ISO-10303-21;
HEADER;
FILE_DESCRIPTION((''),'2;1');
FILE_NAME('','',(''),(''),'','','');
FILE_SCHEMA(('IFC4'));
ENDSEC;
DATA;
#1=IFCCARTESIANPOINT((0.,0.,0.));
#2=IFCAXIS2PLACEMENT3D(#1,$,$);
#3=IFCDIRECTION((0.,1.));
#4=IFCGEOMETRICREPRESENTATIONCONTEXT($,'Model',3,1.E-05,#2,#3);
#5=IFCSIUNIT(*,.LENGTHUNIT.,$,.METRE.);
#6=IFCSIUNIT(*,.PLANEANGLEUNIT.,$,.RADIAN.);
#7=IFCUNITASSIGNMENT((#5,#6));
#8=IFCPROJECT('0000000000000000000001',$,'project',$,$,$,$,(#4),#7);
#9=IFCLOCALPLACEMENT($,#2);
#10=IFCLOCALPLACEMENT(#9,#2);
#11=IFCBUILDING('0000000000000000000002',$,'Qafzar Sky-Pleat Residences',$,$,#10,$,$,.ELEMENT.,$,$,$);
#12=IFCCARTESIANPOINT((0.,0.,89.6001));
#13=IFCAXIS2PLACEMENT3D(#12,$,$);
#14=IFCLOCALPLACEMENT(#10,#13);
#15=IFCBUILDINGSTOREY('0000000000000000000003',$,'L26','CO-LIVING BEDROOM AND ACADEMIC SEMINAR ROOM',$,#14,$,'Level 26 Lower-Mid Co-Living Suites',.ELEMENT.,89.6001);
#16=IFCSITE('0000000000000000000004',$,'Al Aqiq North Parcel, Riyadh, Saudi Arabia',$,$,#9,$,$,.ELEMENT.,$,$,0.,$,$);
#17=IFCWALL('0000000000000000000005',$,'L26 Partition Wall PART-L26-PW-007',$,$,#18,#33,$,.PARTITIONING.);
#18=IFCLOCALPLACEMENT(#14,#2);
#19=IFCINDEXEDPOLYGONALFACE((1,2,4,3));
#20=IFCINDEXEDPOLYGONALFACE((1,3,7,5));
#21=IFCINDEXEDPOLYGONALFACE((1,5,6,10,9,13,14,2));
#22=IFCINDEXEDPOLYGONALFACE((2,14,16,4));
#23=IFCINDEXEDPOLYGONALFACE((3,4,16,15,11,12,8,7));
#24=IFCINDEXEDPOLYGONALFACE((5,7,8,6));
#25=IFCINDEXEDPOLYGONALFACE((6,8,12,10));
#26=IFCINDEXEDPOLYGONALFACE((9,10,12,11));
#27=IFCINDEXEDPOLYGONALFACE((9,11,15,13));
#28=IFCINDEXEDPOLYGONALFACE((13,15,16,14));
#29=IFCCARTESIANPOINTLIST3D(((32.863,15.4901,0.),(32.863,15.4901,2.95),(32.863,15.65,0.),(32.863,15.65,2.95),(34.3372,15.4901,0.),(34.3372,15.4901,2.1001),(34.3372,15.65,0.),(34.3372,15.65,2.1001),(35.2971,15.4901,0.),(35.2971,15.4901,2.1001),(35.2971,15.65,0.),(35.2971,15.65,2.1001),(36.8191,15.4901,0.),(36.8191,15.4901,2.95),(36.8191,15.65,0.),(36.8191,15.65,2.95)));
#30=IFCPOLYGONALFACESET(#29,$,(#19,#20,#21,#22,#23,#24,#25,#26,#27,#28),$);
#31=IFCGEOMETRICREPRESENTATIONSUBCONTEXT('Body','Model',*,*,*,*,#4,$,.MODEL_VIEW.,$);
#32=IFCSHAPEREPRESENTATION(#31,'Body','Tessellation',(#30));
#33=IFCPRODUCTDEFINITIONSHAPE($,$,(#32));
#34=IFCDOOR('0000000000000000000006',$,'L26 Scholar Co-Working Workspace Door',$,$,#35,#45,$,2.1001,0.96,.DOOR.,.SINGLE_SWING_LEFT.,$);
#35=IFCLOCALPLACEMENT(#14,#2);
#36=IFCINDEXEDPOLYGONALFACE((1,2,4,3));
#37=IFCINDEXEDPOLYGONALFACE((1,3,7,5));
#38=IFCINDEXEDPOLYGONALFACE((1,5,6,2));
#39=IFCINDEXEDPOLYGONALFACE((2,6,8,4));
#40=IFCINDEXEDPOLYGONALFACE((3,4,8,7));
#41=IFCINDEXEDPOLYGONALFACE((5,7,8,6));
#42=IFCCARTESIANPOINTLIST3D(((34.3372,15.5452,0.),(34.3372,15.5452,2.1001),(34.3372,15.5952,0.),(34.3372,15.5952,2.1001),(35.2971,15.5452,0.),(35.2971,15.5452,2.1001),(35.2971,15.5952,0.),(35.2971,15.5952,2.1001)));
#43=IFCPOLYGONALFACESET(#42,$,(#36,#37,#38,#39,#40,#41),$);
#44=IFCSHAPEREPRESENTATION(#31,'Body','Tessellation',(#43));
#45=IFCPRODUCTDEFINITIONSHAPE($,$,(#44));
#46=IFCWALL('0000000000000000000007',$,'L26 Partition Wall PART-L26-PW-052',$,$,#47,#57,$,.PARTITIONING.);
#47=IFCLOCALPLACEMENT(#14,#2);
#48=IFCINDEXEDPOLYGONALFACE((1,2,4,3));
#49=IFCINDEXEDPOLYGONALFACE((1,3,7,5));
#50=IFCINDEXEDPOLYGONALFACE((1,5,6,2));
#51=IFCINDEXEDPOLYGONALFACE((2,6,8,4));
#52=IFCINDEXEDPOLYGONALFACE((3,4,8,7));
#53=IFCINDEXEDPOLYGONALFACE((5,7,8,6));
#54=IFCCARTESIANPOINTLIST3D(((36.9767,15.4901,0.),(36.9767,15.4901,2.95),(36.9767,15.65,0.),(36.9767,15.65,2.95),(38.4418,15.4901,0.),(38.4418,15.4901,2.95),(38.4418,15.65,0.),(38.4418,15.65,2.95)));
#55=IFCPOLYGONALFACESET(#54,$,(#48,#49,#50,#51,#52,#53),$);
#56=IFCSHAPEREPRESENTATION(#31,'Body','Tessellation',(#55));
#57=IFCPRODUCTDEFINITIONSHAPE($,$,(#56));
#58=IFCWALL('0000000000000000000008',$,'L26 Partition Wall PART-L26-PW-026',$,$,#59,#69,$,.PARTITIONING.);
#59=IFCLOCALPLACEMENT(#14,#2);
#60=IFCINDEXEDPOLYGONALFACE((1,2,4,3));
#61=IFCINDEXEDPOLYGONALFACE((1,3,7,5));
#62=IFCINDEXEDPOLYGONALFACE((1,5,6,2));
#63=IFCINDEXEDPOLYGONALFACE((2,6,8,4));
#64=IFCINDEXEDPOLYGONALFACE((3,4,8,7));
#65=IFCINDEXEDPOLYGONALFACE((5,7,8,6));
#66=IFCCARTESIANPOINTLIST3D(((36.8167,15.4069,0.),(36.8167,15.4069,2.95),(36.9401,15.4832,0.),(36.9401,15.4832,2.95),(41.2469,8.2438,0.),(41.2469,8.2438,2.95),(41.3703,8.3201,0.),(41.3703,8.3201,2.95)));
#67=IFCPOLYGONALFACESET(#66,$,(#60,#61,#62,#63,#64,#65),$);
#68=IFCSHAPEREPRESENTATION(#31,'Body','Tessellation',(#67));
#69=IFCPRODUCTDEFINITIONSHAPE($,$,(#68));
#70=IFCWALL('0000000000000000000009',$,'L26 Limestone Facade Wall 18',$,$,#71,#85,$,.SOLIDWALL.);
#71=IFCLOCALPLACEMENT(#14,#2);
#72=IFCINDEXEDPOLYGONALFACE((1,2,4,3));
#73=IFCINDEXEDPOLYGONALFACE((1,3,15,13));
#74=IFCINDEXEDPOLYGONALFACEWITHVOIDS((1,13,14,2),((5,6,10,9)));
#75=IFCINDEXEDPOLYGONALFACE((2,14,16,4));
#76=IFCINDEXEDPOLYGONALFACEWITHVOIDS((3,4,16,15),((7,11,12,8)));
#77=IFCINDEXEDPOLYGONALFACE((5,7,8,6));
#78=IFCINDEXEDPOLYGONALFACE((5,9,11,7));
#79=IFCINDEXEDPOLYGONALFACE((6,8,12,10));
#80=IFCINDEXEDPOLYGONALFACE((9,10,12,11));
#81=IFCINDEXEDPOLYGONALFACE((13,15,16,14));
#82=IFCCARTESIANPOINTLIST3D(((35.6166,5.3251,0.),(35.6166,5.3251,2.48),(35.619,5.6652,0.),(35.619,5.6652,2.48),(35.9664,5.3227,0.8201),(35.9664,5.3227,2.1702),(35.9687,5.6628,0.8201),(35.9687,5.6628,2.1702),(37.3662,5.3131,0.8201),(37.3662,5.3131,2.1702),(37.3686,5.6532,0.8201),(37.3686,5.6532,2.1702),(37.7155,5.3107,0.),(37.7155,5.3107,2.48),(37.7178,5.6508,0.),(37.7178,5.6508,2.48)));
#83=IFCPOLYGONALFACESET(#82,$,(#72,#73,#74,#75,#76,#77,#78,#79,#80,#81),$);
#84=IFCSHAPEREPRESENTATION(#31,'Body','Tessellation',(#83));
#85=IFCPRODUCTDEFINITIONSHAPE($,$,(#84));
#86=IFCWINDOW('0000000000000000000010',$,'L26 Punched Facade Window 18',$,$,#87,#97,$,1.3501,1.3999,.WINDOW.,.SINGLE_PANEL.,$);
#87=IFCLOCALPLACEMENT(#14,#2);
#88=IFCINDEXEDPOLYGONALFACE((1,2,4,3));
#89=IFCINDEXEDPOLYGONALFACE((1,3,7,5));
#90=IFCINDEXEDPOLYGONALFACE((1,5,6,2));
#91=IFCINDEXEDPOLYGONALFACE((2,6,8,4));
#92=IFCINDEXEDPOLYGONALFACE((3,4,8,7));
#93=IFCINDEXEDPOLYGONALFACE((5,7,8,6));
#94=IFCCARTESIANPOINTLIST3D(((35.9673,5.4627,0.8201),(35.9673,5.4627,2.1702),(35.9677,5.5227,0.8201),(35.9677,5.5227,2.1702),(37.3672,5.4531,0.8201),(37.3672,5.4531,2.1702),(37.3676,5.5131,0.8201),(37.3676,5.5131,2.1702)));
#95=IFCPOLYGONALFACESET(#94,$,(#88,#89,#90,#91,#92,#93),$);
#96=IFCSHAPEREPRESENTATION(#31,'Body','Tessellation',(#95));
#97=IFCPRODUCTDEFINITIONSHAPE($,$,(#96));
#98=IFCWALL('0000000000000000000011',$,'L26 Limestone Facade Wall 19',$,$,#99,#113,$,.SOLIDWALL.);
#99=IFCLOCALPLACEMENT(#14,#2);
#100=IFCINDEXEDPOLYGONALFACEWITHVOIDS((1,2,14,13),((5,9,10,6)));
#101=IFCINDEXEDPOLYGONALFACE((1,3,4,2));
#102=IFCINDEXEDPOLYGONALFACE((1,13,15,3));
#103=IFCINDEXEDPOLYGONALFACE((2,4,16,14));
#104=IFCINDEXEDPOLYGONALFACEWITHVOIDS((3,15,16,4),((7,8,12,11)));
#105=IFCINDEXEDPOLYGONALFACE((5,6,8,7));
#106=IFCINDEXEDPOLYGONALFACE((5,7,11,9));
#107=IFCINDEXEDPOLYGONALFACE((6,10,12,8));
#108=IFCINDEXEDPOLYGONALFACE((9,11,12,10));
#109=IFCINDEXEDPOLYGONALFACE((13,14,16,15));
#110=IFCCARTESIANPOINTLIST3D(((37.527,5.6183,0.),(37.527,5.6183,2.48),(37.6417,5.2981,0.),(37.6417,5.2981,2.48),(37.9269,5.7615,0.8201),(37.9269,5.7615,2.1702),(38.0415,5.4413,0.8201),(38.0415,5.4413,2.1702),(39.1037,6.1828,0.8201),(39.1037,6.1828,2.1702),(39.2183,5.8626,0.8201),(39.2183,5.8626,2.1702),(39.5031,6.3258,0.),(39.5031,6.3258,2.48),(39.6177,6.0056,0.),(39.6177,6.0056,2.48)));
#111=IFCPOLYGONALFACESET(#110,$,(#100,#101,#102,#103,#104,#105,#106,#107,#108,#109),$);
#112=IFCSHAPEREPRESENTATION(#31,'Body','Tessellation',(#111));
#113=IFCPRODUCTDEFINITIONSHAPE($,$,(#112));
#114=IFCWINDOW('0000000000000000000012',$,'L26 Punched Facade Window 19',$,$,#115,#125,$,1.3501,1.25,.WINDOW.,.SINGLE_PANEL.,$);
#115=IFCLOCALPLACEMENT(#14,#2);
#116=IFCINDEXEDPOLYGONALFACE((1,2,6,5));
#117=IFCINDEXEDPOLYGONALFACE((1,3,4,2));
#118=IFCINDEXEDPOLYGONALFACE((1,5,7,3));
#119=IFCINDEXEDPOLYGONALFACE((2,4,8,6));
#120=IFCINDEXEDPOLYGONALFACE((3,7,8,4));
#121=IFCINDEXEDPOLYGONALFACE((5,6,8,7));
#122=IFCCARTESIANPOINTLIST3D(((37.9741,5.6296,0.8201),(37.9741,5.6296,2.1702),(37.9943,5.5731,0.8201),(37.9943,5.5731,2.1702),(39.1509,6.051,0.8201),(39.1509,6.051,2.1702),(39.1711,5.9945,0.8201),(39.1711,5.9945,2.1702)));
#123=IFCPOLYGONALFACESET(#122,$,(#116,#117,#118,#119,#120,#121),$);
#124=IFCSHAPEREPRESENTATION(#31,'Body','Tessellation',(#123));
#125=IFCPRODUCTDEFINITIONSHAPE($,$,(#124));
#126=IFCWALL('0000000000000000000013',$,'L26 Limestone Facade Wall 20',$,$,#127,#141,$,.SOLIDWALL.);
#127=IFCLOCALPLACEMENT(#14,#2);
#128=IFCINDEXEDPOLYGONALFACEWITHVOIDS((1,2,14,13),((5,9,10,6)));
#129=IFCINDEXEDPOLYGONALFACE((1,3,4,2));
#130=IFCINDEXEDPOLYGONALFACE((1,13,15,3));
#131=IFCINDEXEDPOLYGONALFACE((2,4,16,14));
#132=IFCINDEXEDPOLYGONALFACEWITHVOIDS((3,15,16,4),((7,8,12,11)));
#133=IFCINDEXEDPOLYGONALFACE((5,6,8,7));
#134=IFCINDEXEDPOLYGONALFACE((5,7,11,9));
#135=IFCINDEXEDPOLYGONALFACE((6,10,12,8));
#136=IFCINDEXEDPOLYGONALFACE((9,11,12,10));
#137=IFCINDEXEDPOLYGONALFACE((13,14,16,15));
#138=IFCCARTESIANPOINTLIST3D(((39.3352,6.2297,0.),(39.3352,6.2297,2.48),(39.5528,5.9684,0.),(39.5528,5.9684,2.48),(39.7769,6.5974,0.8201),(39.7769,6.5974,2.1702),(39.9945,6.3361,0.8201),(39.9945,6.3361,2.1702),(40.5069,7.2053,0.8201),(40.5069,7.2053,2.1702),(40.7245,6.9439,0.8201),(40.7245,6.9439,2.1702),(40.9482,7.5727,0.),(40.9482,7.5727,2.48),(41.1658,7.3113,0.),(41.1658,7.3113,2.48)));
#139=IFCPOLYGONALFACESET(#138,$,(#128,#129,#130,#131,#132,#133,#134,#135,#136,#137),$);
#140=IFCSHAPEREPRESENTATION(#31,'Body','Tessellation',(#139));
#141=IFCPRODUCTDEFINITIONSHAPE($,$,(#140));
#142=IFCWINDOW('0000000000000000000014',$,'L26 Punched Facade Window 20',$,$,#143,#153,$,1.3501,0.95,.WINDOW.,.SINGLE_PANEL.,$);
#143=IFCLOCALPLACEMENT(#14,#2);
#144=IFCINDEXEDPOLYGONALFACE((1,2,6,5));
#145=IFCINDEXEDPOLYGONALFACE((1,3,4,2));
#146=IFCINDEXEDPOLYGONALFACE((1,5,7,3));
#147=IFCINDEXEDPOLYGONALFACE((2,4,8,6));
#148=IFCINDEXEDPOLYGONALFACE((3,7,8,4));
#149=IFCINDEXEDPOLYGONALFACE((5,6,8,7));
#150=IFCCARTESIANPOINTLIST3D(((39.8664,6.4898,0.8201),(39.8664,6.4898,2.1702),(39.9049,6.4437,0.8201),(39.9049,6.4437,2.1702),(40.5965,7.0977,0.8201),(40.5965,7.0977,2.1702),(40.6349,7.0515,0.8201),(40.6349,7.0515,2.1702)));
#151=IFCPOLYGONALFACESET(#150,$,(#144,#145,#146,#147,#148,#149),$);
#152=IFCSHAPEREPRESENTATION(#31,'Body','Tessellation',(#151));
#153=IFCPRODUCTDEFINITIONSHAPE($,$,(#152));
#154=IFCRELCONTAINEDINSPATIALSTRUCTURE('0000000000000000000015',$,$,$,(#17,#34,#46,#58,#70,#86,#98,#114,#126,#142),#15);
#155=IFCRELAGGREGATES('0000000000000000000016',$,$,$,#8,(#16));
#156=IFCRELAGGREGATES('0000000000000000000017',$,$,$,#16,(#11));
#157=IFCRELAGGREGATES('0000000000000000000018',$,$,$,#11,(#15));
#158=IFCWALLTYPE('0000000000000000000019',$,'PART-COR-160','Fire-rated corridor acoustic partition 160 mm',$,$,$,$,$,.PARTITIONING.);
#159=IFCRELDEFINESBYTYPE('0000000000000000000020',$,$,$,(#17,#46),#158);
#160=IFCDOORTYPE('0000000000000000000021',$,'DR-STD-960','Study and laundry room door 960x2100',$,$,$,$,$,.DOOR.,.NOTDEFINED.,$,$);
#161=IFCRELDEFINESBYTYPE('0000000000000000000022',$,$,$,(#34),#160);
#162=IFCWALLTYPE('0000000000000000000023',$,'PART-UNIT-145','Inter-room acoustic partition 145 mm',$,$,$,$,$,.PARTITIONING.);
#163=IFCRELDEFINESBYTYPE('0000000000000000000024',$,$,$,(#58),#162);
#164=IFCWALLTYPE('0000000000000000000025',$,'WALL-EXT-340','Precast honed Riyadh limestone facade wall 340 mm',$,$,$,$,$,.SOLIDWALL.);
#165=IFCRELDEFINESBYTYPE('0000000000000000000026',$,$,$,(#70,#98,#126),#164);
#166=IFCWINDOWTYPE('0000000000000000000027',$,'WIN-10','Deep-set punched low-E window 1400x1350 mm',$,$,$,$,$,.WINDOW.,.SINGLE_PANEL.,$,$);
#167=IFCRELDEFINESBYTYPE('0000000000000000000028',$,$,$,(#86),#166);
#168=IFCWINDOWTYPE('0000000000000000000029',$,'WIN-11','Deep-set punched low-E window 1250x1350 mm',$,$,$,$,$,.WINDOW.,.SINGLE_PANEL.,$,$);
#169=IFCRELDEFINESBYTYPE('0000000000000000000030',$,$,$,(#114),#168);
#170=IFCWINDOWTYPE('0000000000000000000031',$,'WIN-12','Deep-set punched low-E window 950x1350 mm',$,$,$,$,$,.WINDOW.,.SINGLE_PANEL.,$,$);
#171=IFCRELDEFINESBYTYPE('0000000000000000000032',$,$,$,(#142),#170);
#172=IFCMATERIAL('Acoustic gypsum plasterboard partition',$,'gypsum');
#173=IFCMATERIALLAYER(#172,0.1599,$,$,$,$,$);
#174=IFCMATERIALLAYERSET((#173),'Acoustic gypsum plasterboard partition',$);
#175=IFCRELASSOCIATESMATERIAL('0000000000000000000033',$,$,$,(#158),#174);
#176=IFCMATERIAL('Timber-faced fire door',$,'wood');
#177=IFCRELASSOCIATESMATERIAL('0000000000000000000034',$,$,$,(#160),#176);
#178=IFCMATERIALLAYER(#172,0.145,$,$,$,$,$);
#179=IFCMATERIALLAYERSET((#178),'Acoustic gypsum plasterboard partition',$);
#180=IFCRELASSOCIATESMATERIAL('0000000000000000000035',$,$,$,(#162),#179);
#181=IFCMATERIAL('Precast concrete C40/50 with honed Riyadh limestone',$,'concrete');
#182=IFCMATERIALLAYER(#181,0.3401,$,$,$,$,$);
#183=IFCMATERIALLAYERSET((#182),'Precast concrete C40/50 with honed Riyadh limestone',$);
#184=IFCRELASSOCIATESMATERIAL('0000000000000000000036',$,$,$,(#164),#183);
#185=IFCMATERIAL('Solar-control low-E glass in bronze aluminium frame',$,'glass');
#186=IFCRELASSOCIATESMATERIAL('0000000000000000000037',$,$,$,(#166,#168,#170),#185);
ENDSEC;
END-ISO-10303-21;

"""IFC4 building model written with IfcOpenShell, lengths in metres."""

from ifc_helpers import new_model, si_unit, direction, frame, frame_2d, origin, place, context, subcontext, project, spatial, rectangle, extrude, source, transform, mapped, material, layer, layer_set, type_object, element, fill, save


model = new_model("IFC4")

# Units and contexts
model_context = context("Model", 3, precision=1e-05, world=origin(), true_north=direction((0.0, 1.0)))
body_context = subcontext(model_context, "Body", "Model", "MODEL_VIEW")
ifc_project = project(units=[si_unit("LENGTHUNIT", "METRE"), si_unit("PLANEANGLEUNIT", "RADIAN")], contexts=[model_context])

# Site, building, storey
site_placement = place(None, origin())
site = spatial("IfcSite", under=ifc_project, at=site_placement, Name="Al Aqiq North Parcel, Riyadh, Saudi Arabia", CompositionType="ELEMENT", RefElevation=0.0)
building_placement = place(site_placement, origin())
building = spatial("IfcBuilding", under=site, at=building_placement, Name="Qafzar Sky-Pleat Residences", CompositionType="ELEMENT")
storey_placement = place(building_placement, frame((0.0, 0.0, 89.6001)))
storey = spatial("IfcBuildingStorey", under=building, at=storey_placement, Name="L26", Description="CO-LIVING BEDROOM AND ACADEMIC SEMINAR ROOM", LongName="Level 26 Lower-Mid Co-Living Suites", CompositionType="ELEMENT", Elevation=89.6001)

# Wall, opening, door
ifc_material_1 = material(Name="Acoustic gypsum plasterboard partition", Category="gypsum")
ifc_layer_1 = layer(ifc_material_1, 0.1599)
ifc_layer_set_1 = layer_set([ifc_layer_1], Name="Acoustic gypsum plasterboard partition")
wall_type_1 = type_object("IfcWallType", Name="PART-COR-160", Description="Fire-rated corridor acoustic partition 160 mm", PredefinedType="PARTITIONING", material=ifc_layer_set_1)
wall_1_placement = place(storey_placement, frame((36.8191, 15.5701, 0.0), z_axis=(0.0, 0.0, 1.0), x_axis=(-1.0, 0.0, 0.0)))
wall_1 = element("IfcWall", 1, at=wall_1_placement, inside=storey, type_object=wall_type_1, Name="L26 Partition Wall PART-L26-PW-007", PredefinedType="PARTITIONING", context=body_context, shape_type="SweptSolid", body=[
    extrude(rectangle(XDim=3.9561, YDim=0.1599, at=frame_2d((1.978, 0.0))), origin(), (0.0, 0.0, 1.0), 2.95),
])
opening_1_placement = place(wall_1_placement, frame((1.522, 0.0, 0.0)))
opening_1 = element("IfcOpeningElement", 2, at=opening_1_placement, cuts=wall_1, PredefinedType="OPENING", context=body_context, shape_type="SweptSolid", body=[
    extrude(rectangle(XDim=0.96, YDim=2.1001, at=frame_2d((0.48, 1.05))), frame((0.0, 0.0898, 0.0), z_axis=(0.0, -1.0, 0.0), x_axis=(1.0, 0.0, 0.0)), (0.0, 0.0, 1.0), 0.1799),
])
ifc_material_2 = material(Name="Timber-faced fire door", Category="wood")
door_type_1 = type_object("IfcDoorType", Name="DR-STD-960", Description="Study and laundry room door 960x2100", OperationType="NOTDEFINED", PredefinedType="DOOR", material=ifc_material_2)
shared_shape_1 = source(origin(), body_context, "Body", "SweptSolid", [
    extrude(rectangle(XDim=0.96, YDim=2.1001, at=frame_2d((0.48, 1.05))), frame((0.0, 0.0249, 0.0), z_axis=(0.0, -1.0, 0.0), x_axis=(1.0, 0.0, 0.0)), (0.0, 0.0, 1.0), 0.05),
])
door_1_placement = place(opening_1_placement, origin())
door_1 = element("IfcDoor", 3, at=door_1_placement, inside=storey, type_object=door_type_1, Name="L26 Scholar Co-Working Workspace Door", OperationType="SINGLE_SWING_LEFT", OverallHeight=2.1001, OverallWidth=0.96, PredefinedType="DOOR", context=body_context, shape_type="MappedRepresentation", body=[
    mapped(shared_shape_1, transform((0.0, 0.0, 0.0), x_axis=(1.0, 0.0, 0.0), y_axis=(0.0, 1.0, 0.0), z_axis=(0.0, 0.0, 1.0), scale=1.0)),
])
fill(opening_1, door_1)

# Walls
wall_2_placement = place(storey_placement, frame((36.9768, 15.5701, 0.0), z_axis=(0.0, 0.0, 1.0), x_axis=(1.0, 0.0, 0.0)))
element("IfcWall", 4, at=wall_2_placement, inside=storey, type_object=wall_type_1, Name="L26 Partition Wall PART-L26-PW-052", PredefinedType="PARTITIONING", context=body_context, shape_type="SweptSolid", body=[
    extrude(rectangle(XDim=1.4651, YDim=0.1599, at=frame_2d((0.7324, 0.0))), origin(), (0.0, 0.0, 1.0), 2.95),
])
ifc_layer_2 = layer(ifc_material_1, 0.145)
ifc_layer_set_2 = layer_set([ifc_layer_2], Name="Acoustic gypsum plasterboard partition")
wall_type_2 = type_object("IfcWallType", Name="PART-UNIT-145", Description="Inter-room acoustic partition 145 mm", PredefinedType="PARTITIONING", material=ifc_layer_set_2)
wall_3_placement = place(storey_placement, frame((36.8784, 15.4451, 0.0), z_axis=(0.0, 0.0, 1.0), x_axis=(0.526001, -0.850484, 0.0)))
element("IfcWall", 5, at=wall_3_placement, inside=storey, type_object=wall_type_2, Name="L26 Partition Wall PART-L26-PW-026", PredefinedType="PARTITIONING", context=body_context, shape_type="SweptSolid", body=[
    extrude(rectangle(XDim=8.4224, YDim=0.145, at=frame_2d((4.2112, 0.0))), origin(), (0.0, 0.0, 1.0), 2.95),
])

# Walls, openings, windows
ifc_material_3 = material(Name="Precast concrete C40/50 with honed Riyadh limestone", Category="concrete")
ifc_layer_3 = layer(ifc_material_3, 0.3401)
ifc_layer_set_3 = layer_set([ifc_layer_3], Name="Precast concrete C40/50 with honed Riyadh limestone")
wall_type_3 = type_object("IfcWallType", Name="WALL-EXT-340", Description="Precast honed Riyadh limestone facade wall 340 mm", PredefinedType="SOLIDWALL", material=ifc_layer_set_3)
wall_4_placement = place(storey_placement, frame((35.6179, 5.4951, 0.0), z_axis=(0.0, 0.0, 1.0), x_axis=(0.999976, -0.006863, 0.0)))
wall_4 = element("IfcWall", 6, at=wall_4_placement, inside=storey, type_object=wall_type_3, Name="L26 Limestone Facade Wall 18", PredefinedType="SOLIDWALL", context=body_context, shape_type="SweptSolid", body=[
    extrude(rectangle(XDim=2.0989, YDim=0.3401, at=frame_2d((1.0493, 0.0))), origin(), (0.0, 0.0, 1.0), 2.48),
])
opening_2_placement = place(wall_4_placement, frame((0.3496, 0.0, 0.8201)))
opening_2 = element("IfcOpeningElement", 7, at=opening_2_placement, cuts=wall_4, PredefinedType="OPENING", context=body_context, shape_type="SweptSolid", body=[
    extrude(rectangle(XDim=1.3999, YDim=1.3501, at=frame_2d((0.7, 0.675))), frame((0.0, 0.1802, 0.0), z_axis=(0.0, -1.0, 0.0), x_axis=(1.0, 0.0, 0.0)), (0.0, 0.0, 1.0), 0.3601),
])
ifc_material_4 = material(Name="Solar-control low-E glass in bronze aluminium frame", Category="glass")
window_type_1 = type_object("IfcWindowType", Name="WIN-10", Description="Deep-set punched low-E window 1400x1350 mm", PartitioningType="SINGLE_PANEL", PredefinedType="WINDOW", material=ifc_material_4)
shared_shape_2 = source(origin(), body_context, "Body", "SweptSolid", [
    extrude(rectangle(XDim=1.3999, YDim=1.3501, at=frame_2d((0.7, 0.675))), frame((0.0, 0.03, 0.0), z_axis=(0.0, -1.0, 0.0), x_axis=(1.0, 0.0, 0.0)), (0.0, 0.0, 1.0), 0.0601),
])
window_1_placement = place(opening_2_placement, origin())
window_1 = element("IfcWindow", 8, at=window_1_placement, inside=storey, type_object=window_type_1, Name="L26 Punched Facade Window 18", OverallHeight=1.3501, OverallWidth=1.3999, PartitioningType="SINGLE_PANEL", PredefinedType="WINDOW", context=body_context, shape_type="MappedRepresentation", body=[
    mapped(shared_shape_2, transform((0.0, 0.0, 0.0), x_axis=(1.0, 0.0, 0.0), y_axis=(0.0, 1.0, 0.0), z_axis=(0.0, 0.0, 1.0), scale=1.0)),
])
fill(opening_2, window_1)
wall_5_placement = place(storey_placement, frame((37.5845, 5.4583, 0.0), z_axis=(0.0, 0.0, 1.0), x_axis=(0.941473, 0.337088, 0.0)))
wall_5 = element("IfcWall", 9, at=wall_5_placement, inside=storey, type_object=wall_type_3, Name="L26 Limestone Facade Wall 19", PredefinedType="SOLIDWALL", context=body_context, shape_type="SweptSolid", body=[
    extrude(rectangle(XDim=2.0989, YDim=0.3401, at=frame_2d((1.0493, 0.0))), origin(), (0.0, 0.0, 1.0), 2.48),
])
opening_3_placement = place(wall_5_placement, frame((0.4246, 0.0, 0.8201)))
opening_3 = element("IfcOpeningElement", 10, at=opening_3_placement, cuts=wall_5, PredefinedType="OPENING", context=body_context, shape_type="SweptSolid", body=[
    extrude(rectangle(XDim=1.25, YDim=1.3501, at=frame_2d((0.625, 0.675))), frame((0.0, 0.1802, 0.0), z_axis=(0.0, -1.0, 0.0), x_axis=(1.0, 0.0, 0.0)), (0.0, 0.0, 1.0), 0.3601),
])
window_type_2 = type_object("IfcWindowType", Name="WIN-11", Description="Deep-set punched low-E window 1250x1350 mm", PartitioningType="SINGLE_PANEL", PredefinedType="WINDOW", material=ifc_material_4)
shared_shape_3 = source(origin(), body_context, "Body", "SweptSolid", [
    extrude(rectangle(XDim=1.25, YDim=1.3501, at=frame_2d((0.625, 0.675))), frame((0.0, 0.03, 0.0), z_axis=(0.0, -1.0, 0.0), x_axis=(1.0, 0.0, 0.0)), (0.0, 0.0, 1.0), 0.0601),
])
window_2_placement = place(opening_3_placement, origin())
window_2 = element("IfcWindow", 11, at=window_2_placement, inside=storey, type_object=window_type_2, Name="L26 Punched Facade Window 19", OverallHeight=1.3501, OverallWidth=1.25, PartitioningType="SINGLE_PANEL", PredefinedType="WINDOW", context=body_context, shape_type="MappedRepresentation", body=[
    mapped(shared_shape_3, transform((0.0, 0.0, 0.0), x_axis=(1.0, 0.0, 0.0), y_axis=(0.0, 1.0, 0.0), z_axis=(0.0, 0.0, 1.0), scale=1.0)),
])
fill(opening_3, window_2)
wall_6_placement = place(storey_placement, frame((39.4441, 6.0991, 0.0), z_axis=(0.0, 0.0, 1.0), x_axis=(0.768498, 0.639853, 0.0)))
wall_6 = element("IfcWall", 12, at=wall_6_placement, inside=storey, type_object=wall_type_3, Name="L26 Limestone Facade Wall 20", PredefinedType="SOLIDWALL", context=body_context, shape_type="SweptSolid", body=[
    extrude(rectangle(XDim=2.0989, YDim=0.3401, at=frame_2d((1.0493, 0.0))), origin(), (0.0, 0.0, 1.0), 2.48),
])
opening_4_placement = place(wall_6_placement, frame((0.5745, 0.0, 0.8201)))
opening_4 = element("IfcOpeningElement", 13, at=opening_4_placement, cuts=wall_6, PredefinedType="OPENING", context=body_context, shape_type="SweptSolid", body=[
    extrude(rectangle(XDim=0.95, YDim=1.3501, at=frame_2d((0.4751, 0.675))), frame((0.0, 0.1802, 0.0), z_axis=(0.0, -1.0, 0.0), x_axis=(1.0, 0.0, 0.0)), (0.0, 0.0, 1.0), 0.3601),
])
window_type_3 = type_object("IfcWindowType", Name="WIN-12", Description="Deep-set punched low-E window 950x1350 mm", PartitioningType="SINGLE_PANEL", PredefinedType="WINDOW", material=ifc_material_4)
shared_shape_4 = source(origin(), body_context, "Body", "SweptSolid", [
    extrude(rectangle(XDim=0.95, YDim=1.3501, at=frame_2d((0.4751, 0.675))), frame((0.0, 0.03, 0.0), z_axis=(0.0, -1.0, 0.0), x_axis=(1.0, 0.0, 0.0)), (0.0, 0.0, 1.0), 0.0601),
])
window_3_placement = place(opening_4_placement, origin())
window_3 = element("IfcWindow", 14, at=window_3_placement, inside=storey, type_object=window_type_3, Name="L26 Punched Facade Window 20", OverallHeight=1.3501, OverallWidth=0.95, PartitioningType="SINGLE_PANEL", PredefinedType="WINDOW", context=body_context, shape_type="MappedRepresentation", body=[
    mapped(shared_shape_4, transform((0.0, 0.0, 0.0), x_axis=(1.0, 0.0, 0.0), y_axis=(0.0, 1.0, 0.0), z_axis=(0.0, 0.0, 1.0), scale=1.0)),
])
fill(opening_4, window_3)

save(model, "model.ifc")
